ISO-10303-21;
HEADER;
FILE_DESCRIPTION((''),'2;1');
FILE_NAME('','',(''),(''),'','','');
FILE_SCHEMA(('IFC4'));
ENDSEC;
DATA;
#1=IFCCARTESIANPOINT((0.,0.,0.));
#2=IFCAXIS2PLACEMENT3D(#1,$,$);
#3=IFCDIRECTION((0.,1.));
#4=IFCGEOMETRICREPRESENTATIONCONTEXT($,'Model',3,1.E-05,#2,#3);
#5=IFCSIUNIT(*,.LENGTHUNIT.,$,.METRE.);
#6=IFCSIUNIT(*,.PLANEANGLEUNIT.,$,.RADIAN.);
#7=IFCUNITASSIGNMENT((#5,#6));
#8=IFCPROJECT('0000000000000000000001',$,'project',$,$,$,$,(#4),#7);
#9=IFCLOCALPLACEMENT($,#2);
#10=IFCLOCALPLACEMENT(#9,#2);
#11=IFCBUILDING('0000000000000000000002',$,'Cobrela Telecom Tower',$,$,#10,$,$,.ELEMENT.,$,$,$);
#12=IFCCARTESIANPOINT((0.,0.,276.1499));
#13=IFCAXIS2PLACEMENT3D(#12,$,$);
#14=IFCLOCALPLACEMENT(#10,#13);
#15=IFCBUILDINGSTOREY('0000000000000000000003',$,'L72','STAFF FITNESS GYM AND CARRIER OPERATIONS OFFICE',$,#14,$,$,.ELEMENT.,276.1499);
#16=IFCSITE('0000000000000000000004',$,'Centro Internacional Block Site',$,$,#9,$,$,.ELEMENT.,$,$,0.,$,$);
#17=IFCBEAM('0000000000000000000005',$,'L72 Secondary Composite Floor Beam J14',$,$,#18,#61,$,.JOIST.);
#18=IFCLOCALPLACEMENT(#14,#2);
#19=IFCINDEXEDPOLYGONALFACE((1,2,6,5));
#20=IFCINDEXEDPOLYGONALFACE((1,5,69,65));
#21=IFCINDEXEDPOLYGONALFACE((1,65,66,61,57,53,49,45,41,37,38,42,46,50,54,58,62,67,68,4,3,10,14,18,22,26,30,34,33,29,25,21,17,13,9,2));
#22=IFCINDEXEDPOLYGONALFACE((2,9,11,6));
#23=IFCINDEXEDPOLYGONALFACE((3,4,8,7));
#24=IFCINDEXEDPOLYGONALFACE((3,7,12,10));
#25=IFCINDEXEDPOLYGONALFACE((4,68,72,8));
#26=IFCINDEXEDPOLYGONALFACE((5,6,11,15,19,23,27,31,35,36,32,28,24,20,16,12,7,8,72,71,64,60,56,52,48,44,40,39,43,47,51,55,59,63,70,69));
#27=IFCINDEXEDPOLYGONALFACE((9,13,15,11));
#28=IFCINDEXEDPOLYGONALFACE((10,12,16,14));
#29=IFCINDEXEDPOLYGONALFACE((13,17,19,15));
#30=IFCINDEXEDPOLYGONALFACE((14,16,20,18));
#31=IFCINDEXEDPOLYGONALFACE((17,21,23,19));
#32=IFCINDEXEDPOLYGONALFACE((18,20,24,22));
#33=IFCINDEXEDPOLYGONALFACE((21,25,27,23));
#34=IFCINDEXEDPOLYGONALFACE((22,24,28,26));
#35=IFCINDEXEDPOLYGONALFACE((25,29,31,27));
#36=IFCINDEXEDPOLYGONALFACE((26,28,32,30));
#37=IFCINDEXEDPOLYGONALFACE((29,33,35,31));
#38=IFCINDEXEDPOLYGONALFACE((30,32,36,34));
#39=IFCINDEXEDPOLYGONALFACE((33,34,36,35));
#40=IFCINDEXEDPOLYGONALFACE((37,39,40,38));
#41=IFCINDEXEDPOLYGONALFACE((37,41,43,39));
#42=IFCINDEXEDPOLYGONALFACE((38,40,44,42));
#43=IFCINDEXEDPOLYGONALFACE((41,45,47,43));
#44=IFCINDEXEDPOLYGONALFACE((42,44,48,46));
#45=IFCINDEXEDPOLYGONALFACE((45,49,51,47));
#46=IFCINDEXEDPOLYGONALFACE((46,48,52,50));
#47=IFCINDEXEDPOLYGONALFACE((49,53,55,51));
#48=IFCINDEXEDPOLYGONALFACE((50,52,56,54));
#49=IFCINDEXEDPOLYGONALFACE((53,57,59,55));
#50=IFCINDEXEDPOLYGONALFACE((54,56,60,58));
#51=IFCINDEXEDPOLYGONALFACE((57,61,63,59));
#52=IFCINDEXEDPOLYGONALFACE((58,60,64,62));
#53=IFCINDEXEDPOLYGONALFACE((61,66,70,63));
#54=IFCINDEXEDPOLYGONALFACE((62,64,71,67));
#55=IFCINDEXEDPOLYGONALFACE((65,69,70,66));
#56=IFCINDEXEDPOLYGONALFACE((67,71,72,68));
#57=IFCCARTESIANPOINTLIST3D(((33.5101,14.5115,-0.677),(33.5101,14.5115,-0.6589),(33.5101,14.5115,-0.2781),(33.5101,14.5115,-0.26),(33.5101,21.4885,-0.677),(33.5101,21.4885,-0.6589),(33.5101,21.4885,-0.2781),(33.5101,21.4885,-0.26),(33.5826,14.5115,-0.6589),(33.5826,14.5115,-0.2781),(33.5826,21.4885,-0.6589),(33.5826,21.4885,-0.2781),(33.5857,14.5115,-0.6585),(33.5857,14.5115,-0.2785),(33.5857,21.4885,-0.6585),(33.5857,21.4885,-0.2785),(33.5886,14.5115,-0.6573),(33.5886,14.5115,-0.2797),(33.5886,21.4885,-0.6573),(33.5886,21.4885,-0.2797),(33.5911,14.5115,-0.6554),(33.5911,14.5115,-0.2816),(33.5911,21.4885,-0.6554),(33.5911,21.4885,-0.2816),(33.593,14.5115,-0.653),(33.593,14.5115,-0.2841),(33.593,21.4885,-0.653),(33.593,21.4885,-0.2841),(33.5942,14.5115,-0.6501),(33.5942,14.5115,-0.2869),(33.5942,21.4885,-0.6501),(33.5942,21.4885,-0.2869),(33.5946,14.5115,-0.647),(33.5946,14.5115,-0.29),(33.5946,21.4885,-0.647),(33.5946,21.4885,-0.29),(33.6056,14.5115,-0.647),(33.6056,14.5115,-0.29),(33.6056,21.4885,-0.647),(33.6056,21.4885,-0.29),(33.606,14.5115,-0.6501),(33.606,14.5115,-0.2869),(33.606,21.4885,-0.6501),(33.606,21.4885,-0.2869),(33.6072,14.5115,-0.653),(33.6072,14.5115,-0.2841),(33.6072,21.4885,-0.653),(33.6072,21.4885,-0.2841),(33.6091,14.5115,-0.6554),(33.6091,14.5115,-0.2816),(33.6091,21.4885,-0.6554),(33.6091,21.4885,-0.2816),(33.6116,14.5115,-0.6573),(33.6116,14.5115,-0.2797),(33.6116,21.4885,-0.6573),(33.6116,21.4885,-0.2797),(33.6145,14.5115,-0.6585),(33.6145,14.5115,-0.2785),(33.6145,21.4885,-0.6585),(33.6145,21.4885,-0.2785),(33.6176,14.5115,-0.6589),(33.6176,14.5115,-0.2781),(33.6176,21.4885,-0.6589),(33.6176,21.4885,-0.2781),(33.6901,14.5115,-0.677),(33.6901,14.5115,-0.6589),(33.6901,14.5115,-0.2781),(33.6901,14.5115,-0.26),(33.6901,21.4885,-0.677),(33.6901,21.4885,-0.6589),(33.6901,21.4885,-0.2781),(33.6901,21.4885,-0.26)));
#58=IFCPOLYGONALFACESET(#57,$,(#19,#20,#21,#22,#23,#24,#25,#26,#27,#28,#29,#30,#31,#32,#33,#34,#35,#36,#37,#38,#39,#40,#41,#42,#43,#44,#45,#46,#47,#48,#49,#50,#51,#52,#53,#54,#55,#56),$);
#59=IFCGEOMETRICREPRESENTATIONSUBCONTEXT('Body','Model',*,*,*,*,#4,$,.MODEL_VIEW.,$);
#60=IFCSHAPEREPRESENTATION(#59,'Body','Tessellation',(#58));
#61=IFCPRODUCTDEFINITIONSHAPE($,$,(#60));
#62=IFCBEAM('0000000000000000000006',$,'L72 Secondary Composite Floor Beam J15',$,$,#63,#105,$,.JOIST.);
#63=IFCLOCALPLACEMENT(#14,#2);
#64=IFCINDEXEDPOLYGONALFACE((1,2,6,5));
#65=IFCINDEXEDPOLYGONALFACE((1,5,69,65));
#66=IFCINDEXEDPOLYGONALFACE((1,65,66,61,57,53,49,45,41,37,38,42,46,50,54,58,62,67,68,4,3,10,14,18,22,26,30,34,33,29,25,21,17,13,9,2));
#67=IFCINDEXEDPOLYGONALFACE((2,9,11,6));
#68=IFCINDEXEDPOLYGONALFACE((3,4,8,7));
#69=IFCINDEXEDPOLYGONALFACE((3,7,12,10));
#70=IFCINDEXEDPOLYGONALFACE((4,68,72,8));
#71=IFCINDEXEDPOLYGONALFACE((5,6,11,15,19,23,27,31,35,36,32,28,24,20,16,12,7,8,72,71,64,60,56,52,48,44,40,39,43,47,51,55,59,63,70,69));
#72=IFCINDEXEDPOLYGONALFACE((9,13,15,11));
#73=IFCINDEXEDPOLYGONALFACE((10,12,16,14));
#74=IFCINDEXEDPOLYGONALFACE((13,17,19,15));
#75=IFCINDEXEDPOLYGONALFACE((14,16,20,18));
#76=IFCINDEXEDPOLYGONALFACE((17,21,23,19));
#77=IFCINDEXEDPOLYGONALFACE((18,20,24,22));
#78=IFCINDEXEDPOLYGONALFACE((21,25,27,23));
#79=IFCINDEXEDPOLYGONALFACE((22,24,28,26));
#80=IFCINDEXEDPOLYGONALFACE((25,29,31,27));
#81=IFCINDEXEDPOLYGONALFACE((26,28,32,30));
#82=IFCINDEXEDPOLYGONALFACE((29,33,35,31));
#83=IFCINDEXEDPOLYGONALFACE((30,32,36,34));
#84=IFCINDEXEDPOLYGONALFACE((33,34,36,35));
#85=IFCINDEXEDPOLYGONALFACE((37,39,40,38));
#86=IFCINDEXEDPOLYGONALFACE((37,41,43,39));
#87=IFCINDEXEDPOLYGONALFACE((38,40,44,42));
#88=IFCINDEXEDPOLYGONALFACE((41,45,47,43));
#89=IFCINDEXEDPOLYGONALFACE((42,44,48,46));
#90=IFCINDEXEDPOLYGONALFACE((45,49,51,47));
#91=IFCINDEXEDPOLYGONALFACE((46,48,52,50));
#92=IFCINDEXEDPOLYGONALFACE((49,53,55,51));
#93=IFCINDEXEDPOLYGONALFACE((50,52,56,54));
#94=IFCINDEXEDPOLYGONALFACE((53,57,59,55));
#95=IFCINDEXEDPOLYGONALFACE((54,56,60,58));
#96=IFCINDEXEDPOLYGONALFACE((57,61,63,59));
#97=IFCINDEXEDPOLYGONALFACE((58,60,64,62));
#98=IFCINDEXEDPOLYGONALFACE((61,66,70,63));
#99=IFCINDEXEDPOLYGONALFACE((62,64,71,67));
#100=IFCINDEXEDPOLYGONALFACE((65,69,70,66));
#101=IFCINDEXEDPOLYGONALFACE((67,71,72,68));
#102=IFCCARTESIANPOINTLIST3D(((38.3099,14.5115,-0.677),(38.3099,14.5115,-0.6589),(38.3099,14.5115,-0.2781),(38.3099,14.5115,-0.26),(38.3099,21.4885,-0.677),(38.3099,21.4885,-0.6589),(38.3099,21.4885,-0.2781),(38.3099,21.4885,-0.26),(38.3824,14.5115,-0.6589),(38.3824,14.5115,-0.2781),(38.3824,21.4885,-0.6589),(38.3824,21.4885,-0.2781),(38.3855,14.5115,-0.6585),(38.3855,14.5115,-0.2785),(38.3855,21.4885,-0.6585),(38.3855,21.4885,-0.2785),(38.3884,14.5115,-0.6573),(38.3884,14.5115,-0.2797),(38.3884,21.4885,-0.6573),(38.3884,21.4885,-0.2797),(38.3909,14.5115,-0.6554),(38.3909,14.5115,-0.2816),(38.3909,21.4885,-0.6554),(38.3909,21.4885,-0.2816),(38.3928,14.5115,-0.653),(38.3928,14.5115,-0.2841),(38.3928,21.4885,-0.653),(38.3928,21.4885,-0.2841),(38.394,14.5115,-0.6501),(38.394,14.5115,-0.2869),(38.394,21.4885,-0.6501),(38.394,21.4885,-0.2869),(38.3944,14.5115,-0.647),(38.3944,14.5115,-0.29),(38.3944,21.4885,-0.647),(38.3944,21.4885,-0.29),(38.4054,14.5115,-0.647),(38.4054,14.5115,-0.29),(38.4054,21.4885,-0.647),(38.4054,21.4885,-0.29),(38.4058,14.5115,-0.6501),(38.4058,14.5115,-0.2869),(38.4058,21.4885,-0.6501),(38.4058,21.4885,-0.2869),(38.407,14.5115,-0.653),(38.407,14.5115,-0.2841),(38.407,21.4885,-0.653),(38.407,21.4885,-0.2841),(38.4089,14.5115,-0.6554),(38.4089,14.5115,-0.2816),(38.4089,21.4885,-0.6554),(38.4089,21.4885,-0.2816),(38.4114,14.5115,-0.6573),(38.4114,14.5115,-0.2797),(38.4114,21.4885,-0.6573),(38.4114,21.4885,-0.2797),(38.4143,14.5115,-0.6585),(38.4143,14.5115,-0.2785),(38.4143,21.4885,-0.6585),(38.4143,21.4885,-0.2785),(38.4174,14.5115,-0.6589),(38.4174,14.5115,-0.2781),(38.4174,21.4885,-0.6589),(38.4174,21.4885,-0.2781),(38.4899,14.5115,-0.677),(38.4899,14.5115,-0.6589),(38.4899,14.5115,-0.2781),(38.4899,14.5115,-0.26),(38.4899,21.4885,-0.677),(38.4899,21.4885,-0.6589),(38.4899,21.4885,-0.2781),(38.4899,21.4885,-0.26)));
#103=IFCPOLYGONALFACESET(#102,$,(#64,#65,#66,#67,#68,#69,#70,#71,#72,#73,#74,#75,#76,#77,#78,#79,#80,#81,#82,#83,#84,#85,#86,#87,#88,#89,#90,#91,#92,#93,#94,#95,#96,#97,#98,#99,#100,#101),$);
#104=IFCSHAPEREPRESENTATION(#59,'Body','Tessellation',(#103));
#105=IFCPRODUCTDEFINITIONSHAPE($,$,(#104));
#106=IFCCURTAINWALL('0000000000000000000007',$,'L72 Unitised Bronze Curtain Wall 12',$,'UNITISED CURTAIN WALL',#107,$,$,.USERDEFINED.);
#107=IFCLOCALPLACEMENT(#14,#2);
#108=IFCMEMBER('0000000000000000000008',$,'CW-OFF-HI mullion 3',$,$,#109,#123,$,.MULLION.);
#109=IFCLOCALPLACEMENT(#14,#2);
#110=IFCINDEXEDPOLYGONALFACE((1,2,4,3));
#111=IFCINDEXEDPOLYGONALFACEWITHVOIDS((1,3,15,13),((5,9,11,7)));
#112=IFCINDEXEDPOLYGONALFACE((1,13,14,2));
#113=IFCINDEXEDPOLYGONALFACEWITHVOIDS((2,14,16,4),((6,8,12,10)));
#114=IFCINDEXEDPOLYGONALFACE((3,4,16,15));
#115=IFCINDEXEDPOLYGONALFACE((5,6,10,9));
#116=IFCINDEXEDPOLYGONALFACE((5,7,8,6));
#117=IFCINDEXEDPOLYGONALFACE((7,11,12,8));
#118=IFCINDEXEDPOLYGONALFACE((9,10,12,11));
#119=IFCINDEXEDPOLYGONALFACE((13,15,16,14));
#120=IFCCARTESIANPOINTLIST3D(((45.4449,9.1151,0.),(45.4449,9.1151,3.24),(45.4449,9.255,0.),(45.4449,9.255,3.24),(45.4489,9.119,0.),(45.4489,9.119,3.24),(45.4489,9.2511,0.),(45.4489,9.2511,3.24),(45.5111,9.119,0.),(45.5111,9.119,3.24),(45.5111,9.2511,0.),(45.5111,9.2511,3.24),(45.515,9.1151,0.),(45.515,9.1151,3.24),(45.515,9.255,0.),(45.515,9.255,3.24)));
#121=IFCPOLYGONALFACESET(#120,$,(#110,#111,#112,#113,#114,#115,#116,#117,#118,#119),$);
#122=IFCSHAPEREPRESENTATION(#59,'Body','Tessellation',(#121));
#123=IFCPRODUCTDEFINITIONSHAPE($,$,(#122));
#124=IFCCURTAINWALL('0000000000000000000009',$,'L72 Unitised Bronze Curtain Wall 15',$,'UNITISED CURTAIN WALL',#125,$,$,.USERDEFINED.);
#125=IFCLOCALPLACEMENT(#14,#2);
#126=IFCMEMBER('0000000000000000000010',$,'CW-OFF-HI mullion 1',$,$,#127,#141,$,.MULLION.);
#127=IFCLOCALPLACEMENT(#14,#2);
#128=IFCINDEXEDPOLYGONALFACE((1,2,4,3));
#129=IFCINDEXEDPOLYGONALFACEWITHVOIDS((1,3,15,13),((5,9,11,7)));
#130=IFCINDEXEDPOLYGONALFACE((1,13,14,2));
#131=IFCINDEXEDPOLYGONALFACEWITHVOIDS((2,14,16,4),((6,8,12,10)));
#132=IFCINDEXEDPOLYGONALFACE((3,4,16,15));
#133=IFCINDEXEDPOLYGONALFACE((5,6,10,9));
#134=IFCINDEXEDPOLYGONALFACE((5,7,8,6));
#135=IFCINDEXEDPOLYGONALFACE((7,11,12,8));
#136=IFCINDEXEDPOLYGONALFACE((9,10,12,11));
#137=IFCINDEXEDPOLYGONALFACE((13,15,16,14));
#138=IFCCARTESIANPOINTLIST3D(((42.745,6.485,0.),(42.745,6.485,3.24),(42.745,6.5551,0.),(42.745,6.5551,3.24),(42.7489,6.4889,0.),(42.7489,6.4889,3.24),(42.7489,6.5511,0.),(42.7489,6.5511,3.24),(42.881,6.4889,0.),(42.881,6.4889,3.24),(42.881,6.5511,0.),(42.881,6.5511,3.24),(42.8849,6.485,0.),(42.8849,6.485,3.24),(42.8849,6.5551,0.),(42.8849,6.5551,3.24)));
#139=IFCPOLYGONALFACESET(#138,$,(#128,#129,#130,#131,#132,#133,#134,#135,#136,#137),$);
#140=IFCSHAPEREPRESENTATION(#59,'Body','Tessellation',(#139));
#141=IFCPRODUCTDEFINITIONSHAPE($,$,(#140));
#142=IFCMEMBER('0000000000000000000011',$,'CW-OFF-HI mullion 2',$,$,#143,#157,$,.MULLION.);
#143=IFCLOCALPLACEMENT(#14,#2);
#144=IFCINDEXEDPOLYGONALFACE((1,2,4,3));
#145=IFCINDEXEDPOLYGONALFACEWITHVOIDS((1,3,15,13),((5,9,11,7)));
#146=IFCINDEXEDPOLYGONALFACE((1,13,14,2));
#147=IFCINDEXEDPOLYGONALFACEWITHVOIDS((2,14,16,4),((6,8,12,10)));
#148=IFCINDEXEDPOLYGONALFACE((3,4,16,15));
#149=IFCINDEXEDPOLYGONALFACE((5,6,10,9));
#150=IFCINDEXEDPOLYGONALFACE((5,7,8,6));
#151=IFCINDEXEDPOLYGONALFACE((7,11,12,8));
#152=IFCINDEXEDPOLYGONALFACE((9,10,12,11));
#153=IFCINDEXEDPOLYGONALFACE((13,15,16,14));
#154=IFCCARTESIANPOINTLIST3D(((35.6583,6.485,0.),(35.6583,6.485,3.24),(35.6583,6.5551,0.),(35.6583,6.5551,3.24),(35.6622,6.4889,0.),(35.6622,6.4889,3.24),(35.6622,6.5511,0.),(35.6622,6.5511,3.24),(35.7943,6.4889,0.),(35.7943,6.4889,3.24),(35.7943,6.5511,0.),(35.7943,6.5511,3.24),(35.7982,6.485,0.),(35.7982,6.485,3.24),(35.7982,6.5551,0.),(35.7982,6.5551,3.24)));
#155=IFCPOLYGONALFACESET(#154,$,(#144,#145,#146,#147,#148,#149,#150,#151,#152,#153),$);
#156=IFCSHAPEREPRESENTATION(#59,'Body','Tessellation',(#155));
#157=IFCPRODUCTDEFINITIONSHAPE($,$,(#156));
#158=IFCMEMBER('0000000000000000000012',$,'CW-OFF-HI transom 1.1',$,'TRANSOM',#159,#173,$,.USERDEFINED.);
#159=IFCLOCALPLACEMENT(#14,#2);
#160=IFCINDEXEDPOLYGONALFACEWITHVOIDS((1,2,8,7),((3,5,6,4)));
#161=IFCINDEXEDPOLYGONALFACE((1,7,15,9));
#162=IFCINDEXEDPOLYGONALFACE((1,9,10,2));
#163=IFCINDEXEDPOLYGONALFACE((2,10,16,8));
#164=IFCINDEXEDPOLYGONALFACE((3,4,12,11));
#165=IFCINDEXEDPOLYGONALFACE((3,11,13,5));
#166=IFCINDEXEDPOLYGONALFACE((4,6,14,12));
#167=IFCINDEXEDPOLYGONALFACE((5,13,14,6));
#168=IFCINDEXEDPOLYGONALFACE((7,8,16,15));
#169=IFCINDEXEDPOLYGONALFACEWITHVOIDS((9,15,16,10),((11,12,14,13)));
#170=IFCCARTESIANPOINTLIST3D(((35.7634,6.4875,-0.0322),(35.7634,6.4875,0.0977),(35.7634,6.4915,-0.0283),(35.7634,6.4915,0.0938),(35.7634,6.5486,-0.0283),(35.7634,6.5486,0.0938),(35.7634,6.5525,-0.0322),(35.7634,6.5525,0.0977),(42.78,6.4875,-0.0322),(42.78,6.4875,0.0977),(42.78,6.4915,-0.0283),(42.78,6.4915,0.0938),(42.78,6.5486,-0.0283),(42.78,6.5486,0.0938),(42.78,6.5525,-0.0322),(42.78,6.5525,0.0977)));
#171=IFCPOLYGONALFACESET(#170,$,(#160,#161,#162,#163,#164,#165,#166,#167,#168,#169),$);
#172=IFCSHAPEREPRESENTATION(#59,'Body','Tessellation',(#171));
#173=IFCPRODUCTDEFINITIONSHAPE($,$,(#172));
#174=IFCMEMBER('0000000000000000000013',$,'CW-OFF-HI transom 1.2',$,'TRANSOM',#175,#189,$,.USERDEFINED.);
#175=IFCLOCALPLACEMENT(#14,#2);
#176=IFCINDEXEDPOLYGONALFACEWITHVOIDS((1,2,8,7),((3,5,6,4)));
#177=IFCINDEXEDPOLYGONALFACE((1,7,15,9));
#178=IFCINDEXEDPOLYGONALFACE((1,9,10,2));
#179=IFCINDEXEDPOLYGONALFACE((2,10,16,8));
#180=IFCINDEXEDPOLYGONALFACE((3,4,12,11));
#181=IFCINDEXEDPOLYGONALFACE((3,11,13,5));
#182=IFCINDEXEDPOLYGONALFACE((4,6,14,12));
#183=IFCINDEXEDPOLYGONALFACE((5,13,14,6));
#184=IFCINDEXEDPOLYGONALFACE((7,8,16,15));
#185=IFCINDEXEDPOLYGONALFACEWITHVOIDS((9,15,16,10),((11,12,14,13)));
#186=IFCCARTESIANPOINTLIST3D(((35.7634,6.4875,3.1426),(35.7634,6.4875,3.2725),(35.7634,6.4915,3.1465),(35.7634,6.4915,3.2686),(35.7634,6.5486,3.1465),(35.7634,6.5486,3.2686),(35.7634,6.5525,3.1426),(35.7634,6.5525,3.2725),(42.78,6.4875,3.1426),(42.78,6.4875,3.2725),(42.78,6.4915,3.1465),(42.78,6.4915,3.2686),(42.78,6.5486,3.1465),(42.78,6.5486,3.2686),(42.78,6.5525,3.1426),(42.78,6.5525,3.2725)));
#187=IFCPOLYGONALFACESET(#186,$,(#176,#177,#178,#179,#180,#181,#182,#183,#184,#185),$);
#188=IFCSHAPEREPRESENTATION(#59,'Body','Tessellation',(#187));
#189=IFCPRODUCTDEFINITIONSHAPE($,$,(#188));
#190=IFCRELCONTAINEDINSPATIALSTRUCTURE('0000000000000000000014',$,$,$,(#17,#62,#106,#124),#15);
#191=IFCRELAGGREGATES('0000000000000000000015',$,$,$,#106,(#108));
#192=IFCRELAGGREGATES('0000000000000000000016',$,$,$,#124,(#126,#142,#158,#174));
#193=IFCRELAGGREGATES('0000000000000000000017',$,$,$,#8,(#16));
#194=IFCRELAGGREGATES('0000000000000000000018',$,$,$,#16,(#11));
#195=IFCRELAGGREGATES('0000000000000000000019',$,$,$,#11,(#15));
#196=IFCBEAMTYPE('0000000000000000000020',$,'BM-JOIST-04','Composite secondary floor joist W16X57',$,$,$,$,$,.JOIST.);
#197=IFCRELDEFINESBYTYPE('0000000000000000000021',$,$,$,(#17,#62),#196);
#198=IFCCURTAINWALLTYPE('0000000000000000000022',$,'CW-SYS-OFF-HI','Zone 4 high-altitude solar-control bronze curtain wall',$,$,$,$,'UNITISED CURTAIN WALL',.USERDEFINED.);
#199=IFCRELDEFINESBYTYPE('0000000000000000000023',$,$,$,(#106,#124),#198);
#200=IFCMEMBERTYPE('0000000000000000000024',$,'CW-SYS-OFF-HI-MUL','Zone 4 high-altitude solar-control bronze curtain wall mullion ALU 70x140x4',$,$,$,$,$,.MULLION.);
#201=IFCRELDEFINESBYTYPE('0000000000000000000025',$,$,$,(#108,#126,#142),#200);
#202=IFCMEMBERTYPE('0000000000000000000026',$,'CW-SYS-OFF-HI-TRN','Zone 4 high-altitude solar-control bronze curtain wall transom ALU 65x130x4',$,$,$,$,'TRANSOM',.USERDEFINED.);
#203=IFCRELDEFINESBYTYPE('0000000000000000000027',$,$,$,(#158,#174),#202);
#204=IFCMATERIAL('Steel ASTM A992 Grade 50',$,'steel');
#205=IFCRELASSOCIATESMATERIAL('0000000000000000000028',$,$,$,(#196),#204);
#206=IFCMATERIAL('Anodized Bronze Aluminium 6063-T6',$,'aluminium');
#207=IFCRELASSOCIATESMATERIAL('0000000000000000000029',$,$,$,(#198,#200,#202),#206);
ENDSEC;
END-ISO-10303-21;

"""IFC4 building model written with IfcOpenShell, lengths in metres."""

from ifc_helpers import new_model, si_unit, direction, frame, origin, origin_2d, place, context, subcontext, project, spatial, hollow_rectangle, i_section, extrude, material, material_profile, profile_set, type_object, element, aggregate, save


model = new_model("IFC4")

# Units and contexts
model_context = context("Model", 3, precision=1e-05, world=origin(), true_north=direction((0.0, 1.0)))
body_context = subcontext(model_context, "Body", "Model", "MODEL_VIEW")
ifc_project = project(units=[si_unit("LENGTHUNIT", "METRE"), si_unit("PLANEANGLEUNIT", "RADIAN")], contexts=[model_context])

# Site, building, storey
site_placement = place(None, origin())
site = spatial("IfcSite", under=ifc_project, at=site_placement, Name="Centro Internacional Block Site", CompositionType="ELEMENT", RefElevation=0.0)
building_placement = place(site_placement, origin())
building = spatial("IfcBuilding", under=site, at=building_placement, Name="Cobrela Telecom Tower", CompositionType="ELEMENT")
storey_placement = place(building_placement, frame((0.0, 0.0, 276.1499)))
storey = spatial("IfcBuildingStorey", under=building, at=storey_placement, Name="L72", Description="STAFF FITNESS GYM AND CARRIER OPERATIONS OFFICE", CompositionType="ELEMENT", Elevation=276.1499)

# Shared definitions
ifc_material_1 = material(Name="Steel ASTM A992 Grade 50", Category="steel")

# Beams
ifc_material_profile_1 = material_profile(ifc_material_1, i_section(OverallWidth=0.1799, OverallDepth=0.417, WebThickness=0.011, FlangeThickness=0.0181, FilletRadius=0.012, at=origin_2d()), Name="W16X57")
ifc_profile_set_1 = profile_set([ifc_material_profile_1], Name="Steel ASTM A992 Grade 50")
beam_type_1 = type_object("IfcBeamType", Name="BM-JOIST-04", Description="Composite secondary floor joist W16X57", PredefinedType="JOIST", material=ifc_profile_set_1)
for number, where, z_axis, x_axis, name in (
    (1, (33.6001, 14.5115, -0.4685), (0.0, 1.0, 0.0), (-1.0, 0.0, 0.0), "L72 Secondary Composite Floor Beam J14"),
    (2, (38.3999, 14.5115, -0.4685), (0.0, 1.0, 0.0), (-1.0, 0.0, 0.0), "L72 Secondary Composite Floor Beam J15"),
):
    element("IfcBeam", number, at=place(storey_placement, frame(where, z_axis=z_axis, x_axis=x_axis)), inside=storey, type_object=beam_type_1, Name=name, PredefinedType="JOIST", context=body_context, shape_type="SweptSolid", body=[
        extrude(i_section(OverallWidth=0.1799, OverallDepth=0.417, WebThickness=0.011, FlangeThickness=0.0181, FilletRadius=0.012, at=origin_2d()), origin(), (0.0, 0.0, 1.0), 6.9771),
    ])

# Curtain wall, member
ifc_material_2 = material(Name="Anodized Bronze Aluminium 6063-T6", Category="aluminium")
curtain_wall_type = type_object("IfcCurtainWallType", Name="CW-SYS-OFF-HI", Description="Zone 4 high-altitude solar-control bronze curtain wall", ElementType="UNITISED CURTAIN WALL", PredefinedType="USERDEFINED", material=ifc_material_2)
curtain_wall_1_placement = place(storey_placement, origin())
curtain_wall_1 = element("IfcCurtainWall", 3, at=curtain_wall_1_placement, inside=storey, type_object=curtain_wall_type, Name="L72 Unitised Bronze Curtain Wall 12", ObjectType="UNITISED CURTAIN WALL", PredefinedType="USERDEFINED")
ifc_material_profile_2 = material_profile(ifc_material_2, hollow_rectangle(XDim=0.0701, YDim=0.1399, WallThickness=0.0039, at=origin_2d()), Name="ALU 70x140x4")
ifc_profile_set_2 = profile_set([ifc_material_profile_2], Name="Anodized Bronze Aluminium 6063-T6")
member_type_1 = type_object("IfcMemberType", Name="CW-SYS-OFF-HI-MUL", Description="Zone 4 high-altitude solar-control bronze curtain wall mullion ALU 70x140x4", PredefinedType="MULLION", material=ifc_profile_set_2)
member_1_placement = place(storey_placement, frame((45.48, 9.1851, 0.0), z_axis=(0.0, 0.0, 1.0), x_axis=(1.0, 0.0, 0.0)))
member_1 = element("IfcMember", 4, at=member_1_placement, type_object=member_type_1, Name="CW-OFF-HI mullion 3", PredefinedType="MULLION", context=body_context, shape_type="SweptSolid", body=[
    extrude(hollow_rectangle(XDim=0.0701, YDim=0.1399, WallThickness=0.0039, at=origin_2d()), origin(), (0.0, 0.0, 1.0), 3.24),
])

# Curtain wall, members
curtain_wall_2_placement = place(storey_placement, origin())
curtain_wall_2 = element("IfcCurtainWall", 5, at=curtain_wall_2_placement, inside=storey, type_object=curtain_wall_type, Name="L72 Unitised Bronze Curtain Wall 15", ObjectType="UNITISED CURTAIN WALL", PredefinedType="USERDEFINED")
member_2_placement = place(storey_placement, frame((42.8149, 6.52, 0.0), z_axis=(0.0, 0.0, 1.0), x_axis=(0.0, -1.0, 0.0)))
member_2 = element("IfcMember", 6, at=member_2_placement, type_object=member_type_1, Name="CW-OFF-HI mullion 1", PredefinedType="MULLION", context=body_context, shape_type="SweptSolid", body=[
    extrude(hollow_rectangle(XDim=0.0701, YDim=0.1399, WallThickness=0.0039, at=origin_2d()), origin(), (0.0, 0.0, 1.0), 3.24),
])
member_3_placement = place(storey_placement, frame((35.7283, 6.52, 0.0), z_axis=(0.0, 0.0, 1.0), x_axis=(0.0, -1.0, 0.0)))
member_3 = element("IfcMember", 7, at=member_3_placement, type_object=member_type_1, Name="CW-OFF-HI mullion 2", PredefinedType="MULLION", context=body_context, shape_type="SweptSolid", body=[
    extrude(hollow_rectangle(XDim=0.0701, YDim=0.1399, WallThickness=0.0039, at=origin_2d()), origin(), (0.0, 0.0, 1.0), 3.24),
])
ifc_material_profile_3 = material_profile(ifc_material_2, hollow_rectangle(XDim=0.0649, YDim=0.1299, WallThickness=0.0039, at=origin_2d()), Name="ALU 65x130x4")
ifc_profile_set_3 = profile_set([ifc_material_profile_3], Name="Anodized Bronze Aluminium 6063-T6")
member_type_2 = type_object("IfcMemberType", Name="CW-SYS-OFF-HI-TRN", Description="Zone 4 high-altitude solar-control bronze curtain wall transom ALU 65x130x4", ElementType="TRANSOM", PredefinedType="USERDEFINED", material=ifc_profile_set_3)
member_4_placement = place(storey_placement, frame((42.78, 6.52, 0.0327), z_axis=(-1.0, 0.0, 0.0), x_axis=(0.0, -1.0, 0.0)))
member_4 = element("IfcMember", 8, at=member_4_placement, type_object=member_type_2, Name="CW-OFF-HI transom 1.1", ObjectType="TRANSOM", PredefinedType="USERDEFINED", context=body_context, shape_type="SweptSolid", body=[
    extrude(hollow_rectangle(XDim=0.0649, YDim=0.1299, WallThickness=0.0039, at=origin_2d()), origin(), (0.0, 0.0, 1.0), 7.0166),
])
member_5_placement = place(storey_placement, frame((42.78, 6.52, 3.2075), z_axis=(-1.0, 0.0, 0.0), x_axis=(0.0, -1.0, 0.0)))
member_5 = element("IfcMember", 9, at=member_5_placement, type_object=member_type_2, Name="CW-OFF-HI transom 1.2", ObjectType="TRANSOM", PredefinedType="USERDEFINED", context=body_context, shape_type="SweptSolid", body=[
    extrude(hollow_rectangle(XDim=0.0649, YDim=0.1299, WallThickness=0.0039, at=origin_2d()), origin(), (0.0, 0.0, 1.0), 7.0166),
])

aggregate(curtain_wall_1, [member_1])
aggregate(curtain_wall_2, [member_2, member_3, member_4, member_5])

save(model, "model.ifc")
